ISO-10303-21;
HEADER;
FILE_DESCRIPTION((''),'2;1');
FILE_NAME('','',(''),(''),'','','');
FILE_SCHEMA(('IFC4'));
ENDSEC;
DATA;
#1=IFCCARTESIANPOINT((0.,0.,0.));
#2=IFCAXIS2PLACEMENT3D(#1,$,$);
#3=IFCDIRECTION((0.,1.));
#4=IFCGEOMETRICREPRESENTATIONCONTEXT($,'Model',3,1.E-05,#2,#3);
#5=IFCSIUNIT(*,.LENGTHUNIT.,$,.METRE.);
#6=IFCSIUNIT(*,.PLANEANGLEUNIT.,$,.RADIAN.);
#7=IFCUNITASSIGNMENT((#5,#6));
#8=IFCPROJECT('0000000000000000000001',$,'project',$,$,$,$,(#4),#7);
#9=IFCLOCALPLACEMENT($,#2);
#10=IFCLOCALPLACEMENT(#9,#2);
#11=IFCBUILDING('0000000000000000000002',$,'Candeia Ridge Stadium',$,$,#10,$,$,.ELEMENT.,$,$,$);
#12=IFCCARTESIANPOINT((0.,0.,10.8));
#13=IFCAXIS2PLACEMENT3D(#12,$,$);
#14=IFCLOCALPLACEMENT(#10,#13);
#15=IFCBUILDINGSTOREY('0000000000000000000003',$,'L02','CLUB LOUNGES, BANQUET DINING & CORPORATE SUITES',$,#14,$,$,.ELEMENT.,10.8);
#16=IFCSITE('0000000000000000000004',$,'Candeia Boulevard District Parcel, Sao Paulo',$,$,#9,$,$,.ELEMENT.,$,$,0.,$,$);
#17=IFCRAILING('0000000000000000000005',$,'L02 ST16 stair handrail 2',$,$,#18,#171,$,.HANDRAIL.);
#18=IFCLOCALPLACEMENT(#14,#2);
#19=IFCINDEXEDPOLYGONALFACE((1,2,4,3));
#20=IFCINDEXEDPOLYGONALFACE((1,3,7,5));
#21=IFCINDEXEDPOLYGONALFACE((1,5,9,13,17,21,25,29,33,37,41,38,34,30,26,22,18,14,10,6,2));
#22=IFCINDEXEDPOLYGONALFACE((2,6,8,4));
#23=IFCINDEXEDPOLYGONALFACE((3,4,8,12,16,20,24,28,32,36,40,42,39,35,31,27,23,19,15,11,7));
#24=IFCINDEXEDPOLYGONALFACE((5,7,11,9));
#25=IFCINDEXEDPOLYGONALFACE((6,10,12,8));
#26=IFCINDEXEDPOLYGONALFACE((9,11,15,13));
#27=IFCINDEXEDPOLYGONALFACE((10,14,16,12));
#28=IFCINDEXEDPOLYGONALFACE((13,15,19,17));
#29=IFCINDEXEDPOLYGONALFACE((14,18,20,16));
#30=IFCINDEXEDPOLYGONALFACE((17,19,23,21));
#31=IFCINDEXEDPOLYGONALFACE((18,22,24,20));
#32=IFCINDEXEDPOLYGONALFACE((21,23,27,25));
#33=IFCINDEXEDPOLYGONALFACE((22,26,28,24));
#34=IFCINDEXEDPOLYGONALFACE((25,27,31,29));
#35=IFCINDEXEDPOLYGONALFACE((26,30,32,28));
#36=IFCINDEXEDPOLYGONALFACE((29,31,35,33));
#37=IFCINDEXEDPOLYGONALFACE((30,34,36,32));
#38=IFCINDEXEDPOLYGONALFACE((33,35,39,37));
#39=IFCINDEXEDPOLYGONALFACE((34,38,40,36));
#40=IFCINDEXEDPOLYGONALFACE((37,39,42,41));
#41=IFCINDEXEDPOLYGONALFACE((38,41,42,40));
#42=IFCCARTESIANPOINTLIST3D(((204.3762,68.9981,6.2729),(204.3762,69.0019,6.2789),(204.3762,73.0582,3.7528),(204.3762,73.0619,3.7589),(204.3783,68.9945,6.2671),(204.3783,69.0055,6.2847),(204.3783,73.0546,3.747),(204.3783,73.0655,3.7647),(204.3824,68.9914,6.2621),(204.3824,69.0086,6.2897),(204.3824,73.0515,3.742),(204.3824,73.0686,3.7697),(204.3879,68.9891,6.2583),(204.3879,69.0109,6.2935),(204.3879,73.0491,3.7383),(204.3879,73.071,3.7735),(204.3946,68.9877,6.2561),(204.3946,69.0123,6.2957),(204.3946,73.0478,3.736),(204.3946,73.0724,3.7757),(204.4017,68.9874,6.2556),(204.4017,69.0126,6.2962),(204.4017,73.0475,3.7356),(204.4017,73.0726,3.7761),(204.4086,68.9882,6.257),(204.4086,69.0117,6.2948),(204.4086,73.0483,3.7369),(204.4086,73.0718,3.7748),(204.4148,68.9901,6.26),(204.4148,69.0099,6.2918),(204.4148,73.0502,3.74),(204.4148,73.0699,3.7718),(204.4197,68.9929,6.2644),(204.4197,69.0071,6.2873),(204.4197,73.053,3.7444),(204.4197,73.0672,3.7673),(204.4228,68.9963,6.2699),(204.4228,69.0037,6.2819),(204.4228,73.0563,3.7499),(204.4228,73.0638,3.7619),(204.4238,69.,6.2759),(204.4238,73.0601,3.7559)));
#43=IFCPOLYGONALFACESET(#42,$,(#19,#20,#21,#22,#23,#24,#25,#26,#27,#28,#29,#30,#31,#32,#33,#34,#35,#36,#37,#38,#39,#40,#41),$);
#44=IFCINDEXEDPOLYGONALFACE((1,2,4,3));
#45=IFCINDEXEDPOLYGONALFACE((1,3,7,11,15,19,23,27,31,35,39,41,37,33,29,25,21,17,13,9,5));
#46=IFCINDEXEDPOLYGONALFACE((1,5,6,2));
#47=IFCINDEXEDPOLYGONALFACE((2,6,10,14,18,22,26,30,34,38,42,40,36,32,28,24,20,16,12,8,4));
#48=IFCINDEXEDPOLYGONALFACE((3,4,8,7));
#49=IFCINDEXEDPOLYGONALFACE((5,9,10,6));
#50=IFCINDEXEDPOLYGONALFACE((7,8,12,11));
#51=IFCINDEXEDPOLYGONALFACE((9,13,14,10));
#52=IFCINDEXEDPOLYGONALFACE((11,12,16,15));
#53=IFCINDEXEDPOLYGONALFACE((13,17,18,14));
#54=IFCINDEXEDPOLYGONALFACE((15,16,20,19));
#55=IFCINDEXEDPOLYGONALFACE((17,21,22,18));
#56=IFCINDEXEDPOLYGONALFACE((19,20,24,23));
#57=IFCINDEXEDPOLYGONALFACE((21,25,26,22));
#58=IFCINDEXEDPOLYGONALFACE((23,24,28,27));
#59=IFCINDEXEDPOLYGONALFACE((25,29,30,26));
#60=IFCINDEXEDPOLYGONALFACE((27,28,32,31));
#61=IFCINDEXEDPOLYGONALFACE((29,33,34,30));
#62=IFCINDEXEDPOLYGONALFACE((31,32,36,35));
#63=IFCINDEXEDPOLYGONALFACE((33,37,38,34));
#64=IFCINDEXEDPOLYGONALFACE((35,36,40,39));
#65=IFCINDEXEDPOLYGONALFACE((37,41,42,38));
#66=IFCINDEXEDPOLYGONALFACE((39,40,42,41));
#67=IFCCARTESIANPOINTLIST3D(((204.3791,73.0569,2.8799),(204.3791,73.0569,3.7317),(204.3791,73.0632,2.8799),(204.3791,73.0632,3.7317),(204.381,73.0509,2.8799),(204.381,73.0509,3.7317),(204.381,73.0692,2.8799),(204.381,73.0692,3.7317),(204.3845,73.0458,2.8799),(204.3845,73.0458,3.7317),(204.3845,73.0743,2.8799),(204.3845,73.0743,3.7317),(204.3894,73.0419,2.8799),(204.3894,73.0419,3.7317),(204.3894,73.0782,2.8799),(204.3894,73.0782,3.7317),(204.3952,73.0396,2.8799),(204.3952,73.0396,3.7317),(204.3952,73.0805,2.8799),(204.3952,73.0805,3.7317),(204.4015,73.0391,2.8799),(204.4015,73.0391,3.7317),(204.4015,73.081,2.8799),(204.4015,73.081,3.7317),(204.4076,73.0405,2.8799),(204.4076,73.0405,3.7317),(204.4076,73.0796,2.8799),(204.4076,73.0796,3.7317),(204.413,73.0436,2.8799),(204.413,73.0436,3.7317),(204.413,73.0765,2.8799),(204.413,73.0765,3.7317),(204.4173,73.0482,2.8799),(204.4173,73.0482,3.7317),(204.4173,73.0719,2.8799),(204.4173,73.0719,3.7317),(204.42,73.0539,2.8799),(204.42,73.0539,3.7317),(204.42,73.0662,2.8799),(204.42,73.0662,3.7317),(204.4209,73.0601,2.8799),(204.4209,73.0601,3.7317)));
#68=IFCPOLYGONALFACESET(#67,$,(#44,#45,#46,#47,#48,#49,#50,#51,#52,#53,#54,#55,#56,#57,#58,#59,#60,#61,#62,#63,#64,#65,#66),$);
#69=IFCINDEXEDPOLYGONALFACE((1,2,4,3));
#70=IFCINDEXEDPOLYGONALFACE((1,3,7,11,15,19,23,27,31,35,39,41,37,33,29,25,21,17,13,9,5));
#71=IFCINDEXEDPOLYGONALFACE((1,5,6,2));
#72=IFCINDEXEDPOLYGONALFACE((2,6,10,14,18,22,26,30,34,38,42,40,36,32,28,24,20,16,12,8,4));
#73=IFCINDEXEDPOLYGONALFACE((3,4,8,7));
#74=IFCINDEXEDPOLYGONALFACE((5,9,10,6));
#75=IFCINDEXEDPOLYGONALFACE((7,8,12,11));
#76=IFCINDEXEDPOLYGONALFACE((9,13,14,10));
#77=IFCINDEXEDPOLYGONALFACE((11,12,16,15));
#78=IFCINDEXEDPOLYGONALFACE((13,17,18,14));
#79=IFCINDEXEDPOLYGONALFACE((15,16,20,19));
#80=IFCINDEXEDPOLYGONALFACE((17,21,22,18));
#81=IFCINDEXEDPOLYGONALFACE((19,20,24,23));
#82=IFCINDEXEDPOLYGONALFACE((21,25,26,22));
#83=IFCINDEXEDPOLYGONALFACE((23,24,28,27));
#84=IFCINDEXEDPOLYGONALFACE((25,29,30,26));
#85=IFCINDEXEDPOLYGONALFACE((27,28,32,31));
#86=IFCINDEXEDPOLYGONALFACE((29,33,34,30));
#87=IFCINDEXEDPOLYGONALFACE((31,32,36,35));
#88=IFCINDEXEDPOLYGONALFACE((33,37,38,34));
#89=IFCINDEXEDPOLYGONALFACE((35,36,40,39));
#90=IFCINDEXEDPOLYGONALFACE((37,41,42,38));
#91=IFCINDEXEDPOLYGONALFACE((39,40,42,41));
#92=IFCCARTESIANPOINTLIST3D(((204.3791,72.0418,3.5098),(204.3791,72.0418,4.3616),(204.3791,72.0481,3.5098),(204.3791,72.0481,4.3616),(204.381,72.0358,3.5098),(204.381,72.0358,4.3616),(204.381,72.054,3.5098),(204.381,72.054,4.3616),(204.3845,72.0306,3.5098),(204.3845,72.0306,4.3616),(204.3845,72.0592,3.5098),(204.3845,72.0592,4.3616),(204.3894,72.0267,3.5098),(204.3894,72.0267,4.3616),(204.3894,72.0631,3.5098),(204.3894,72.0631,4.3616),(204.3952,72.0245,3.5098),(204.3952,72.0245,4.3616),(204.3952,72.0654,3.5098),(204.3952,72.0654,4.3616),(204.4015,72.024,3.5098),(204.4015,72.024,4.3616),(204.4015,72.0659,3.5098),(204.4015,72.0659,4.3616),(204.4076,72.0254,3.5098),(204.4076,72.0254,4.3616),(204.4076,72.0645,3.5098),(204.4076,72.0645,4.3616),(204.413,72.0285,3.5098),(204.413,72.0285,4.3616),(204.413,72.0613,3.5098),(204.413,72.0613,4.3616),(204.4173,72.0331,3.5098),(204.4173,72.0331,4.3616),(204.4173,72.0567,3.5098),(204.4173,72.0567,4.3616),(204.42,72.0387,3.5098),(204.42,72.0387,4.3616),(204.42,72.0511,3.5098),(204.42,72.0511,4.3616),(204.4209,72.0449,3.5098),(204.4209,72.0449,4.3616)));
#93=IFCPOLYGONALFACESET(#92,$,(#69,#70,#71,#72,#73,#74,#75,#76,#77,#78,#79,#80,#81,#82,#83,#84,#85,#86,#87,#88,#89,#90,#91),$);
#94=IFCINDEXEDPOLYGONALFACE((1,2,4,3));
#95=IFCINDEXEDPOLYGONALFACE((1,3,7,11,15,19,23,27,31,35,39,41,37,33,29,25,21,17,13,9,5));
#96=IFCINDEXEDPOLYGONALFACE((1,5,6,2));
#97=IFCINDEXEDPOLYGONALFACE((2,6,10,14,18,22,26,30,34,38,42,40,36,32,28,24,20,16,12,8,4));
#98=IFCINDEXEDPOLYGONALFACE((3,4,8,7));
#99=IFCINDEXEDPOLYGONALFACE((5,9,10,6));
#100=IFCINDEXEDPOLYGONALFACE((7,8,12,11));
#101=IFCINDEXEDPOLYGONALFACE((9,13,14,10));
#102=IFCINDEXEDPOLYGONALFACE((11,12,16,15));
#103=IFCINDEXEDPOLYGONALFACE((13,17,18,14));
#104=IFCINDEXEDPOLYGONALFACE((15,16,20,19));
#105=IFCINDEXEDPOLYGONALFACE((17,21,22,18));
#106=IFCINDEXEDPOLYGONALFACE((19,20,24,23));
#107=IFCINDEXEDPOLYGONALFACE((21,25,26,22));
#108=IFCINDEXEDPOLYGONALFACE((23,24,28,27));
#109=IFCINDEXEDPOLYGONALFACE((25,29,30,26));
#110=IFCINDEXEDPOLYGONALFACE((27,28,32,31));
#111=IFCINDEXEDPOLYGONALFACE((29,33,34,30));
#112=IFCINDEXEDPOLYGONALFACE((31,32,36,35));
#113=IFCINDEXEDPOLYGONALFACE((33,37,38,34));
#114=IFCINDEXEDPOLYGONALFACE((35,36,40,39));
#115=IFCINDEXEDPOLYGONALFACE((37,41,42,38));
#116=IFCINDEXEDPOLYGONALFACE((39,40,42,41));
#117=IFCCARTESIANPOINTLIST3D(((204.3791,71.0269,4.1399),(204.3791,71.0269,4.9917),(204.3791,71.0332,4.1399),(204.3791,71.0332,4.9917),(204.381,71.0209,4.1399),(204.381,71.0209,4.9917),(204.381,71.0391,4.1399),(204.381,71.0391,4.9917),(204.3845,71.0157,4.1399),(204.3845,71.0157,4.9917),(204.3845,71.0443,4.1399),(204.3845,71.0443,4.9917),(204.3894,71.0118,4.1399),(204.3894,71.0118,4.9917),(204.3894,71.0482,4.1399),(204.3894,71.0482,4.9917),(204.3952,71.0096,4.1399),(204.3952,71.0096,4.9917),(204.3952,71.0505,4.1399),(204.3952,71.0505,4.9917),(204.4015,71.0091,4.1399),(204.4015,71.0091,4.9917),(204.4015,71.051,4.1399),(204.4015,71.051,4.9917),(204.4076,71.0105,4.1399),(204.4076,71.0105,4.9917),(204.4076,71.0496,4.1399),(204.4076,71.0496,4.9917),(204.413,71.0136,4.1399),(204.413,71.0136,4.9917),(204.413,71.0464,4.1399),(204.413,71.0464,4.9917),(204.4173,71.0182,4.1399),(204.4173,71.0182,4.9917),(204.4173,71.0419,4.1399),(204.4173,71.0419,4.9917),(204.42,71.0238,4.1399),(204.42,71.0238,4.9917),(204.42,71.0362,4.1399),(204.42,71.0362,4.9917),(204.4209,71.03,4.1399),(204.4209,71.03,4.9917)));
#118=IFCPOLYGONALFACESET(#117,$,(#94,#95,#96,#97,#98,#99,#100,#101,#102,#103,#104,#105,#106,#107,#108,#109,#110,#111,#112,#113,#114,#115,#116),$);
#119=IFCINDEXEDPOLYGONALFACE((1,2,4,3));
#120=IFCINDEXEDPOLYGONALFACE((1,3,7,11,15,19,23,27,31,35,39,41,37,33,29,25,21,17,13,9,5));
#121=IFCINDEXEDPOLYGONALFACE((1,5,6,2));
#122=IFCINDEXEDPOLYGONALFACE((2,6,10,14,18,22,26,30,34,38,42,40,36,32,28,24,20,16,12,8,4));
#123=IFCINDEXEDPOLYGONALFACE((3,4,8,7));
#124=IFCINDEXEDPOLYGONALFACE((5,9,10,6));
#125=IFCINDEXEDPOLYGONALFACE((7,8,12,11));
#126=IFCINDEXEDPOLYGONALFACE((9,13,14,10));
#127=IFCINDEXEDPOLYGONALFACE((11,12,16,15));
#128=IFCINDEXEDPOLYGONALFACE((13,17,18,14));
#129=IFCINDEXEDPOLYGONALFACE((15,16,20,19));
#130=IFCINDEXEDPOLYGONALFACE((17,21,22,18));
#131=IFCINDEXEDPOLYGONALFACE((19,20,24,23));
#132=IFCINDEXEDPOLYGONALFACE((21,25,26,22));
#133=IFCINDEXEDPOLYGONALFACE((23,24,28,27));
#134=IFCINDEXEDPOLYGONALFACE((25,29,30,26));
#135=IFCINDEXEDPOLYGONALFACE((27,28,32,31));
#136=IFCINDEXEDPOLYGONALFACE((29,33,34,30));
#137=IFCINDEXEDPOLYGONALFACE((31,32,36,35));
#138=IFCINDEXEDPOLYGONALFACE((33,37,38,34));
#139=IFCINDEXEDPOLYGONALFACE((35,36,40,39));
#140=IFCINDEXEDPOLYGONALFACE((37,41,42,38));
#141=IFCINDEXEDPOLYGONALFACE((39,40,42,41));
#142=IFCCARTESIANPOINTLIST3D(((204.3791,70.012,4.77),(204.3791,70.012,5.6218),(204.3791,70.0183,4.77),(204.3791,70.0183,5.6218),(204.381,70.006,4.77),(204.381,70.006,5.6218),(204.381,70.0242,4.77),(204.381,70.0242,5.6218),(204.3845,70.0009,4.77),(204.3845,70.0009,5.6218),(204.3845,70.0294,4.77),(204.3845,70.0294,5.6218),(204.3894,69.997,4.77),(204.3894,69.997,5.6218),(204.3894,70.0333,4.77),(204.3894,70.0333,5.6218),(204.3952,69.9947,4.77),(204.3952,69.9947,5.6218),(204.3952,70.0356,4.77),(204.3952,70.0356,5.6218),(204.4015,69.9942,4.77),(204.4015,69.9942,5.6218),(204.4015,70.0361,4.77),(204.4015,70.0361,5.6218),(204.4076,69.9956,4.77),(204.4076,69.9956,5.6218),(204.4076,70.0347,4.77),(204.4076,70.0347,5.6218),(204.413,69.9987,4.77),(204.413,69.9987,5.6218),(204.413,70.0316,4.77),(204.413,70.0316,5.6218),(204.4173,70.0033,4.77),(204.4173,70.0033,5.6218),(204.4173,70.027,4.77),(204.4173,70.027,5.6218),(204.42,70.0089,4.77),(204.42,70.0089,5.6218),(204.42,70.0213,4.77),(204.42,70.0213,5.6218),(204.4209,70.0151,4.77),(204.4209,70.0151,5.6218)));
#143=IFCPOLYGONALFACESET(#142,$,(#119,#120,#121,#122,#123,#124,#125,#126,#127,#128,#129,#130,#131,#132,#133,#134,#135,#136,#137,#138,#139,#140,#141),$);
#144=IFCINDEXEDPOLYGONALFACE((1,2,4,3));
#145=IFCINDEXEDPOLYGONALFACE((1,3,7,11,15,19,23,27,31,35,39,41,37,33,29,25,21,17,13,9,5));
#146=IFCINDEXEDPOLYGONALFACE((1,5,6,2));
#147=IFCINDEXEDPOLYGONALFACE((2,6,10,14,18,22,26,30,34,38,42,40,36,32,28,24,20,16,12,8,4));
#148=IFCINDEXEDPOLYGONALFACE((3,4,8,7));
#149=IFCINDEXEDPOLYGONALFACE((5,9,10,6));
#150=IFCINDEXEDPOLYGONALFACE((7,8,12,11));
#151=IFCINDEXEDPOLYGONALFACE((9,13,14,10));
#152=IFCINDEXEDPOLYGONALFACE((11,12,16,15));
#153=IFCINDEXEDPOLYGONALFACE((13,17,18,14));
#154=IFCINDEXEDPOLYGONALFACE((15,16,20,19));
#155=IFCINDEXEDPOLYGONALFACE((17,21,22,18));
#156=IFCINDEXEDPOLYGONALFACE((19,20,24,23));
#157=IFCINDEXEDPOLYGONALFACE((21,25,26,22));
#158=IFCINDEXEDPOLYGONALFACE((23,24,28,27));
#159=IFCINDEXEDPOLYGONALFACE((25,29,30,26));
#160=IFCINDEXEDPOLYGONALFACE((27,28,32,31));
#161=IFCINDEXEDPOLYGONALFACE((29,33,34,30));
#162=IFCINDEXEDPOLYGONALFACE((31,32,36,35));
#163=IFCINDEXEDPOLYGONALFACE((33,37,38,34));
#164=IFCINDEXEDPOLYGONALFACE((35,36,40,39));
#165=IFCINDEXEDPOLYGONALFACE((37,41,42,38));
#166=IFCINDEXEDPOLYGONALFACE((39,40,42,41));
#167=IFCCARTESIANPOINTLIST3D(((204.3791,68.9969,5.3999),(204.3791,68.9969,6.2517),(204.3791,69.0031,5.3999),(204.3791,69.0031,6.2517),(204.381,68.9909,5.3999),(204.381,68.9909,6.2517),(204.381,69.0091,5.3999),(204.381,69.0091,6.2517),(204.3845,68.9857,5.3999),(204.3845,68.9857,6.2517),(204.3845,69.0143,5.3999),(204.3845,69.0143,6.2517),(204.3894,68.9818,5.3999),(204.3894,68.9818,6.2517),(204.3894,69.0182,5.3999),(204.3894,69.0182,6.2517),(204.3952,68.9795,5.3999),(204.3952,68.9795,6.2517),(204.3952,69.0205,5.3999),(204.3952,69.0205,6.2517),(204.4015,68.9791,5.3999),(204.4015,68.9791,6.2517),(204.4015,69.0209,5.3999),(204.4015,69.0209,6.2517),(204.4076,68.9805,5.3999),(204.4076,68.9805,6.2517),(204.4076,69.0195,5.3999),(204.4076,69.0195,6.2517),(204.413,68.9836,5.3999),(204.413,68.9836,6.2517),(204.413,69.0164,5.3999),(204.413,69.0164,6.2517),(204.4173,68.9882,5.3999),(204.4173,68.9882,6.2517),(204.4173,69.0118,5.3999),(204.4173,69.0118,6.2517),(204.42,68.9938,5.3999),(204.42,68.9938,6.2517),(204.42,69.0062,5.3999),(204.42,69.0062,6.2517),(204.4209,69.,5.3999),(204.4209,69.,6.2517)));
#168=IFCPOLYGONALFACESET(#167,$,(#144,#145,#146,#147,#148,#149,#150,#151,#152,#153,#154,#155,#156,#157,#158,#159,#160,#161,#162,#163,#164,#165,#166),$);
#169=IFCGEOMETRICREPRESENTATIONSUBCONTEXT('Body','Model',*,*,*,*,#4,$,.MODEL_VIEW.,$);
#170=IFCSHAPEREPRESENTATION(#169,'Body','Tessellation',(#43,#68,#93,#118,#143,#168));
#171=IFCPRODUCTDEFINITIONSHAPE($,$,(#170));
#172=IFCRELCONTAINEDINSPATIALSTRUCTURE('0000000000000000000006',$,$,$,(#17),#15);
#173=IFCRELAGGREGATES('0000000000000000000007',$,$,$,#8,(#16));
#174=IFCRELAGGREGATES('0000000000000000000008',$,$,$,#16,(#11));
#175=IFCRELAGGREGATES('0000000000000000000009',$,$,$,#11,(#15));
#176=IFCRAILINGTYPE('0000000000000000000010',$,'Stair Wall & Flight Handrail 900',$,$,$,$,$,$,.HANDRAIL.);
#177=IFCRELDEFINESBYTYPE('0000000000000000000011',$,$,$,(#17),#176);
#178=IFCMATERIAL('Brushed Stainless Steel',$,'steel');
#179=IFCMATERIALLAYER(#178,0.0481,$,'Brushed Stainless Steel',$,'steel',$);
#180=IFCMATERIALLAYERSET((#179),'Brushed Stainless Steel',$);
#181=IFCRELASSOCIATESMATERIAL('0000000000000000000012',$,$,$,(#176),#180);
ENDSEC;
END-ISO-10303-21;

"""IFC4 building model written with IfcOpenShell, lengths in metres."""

from ifc_helpers import new_model, si_unit, direction, frame, origin, origin_2d, place, context, subcontext, project, spatial, circle, extrude, material, layer, layer_set, type_object, element, save


model = new_model("IFC4")

# Units and contexts
model_context = context("Model", 3, precision=1e-05, world=origin(), true_north=direction((0.0, 1.0)))
body_context = subcontext(model_context, "Body", "Model", "MODEL_VIEW")
ifc_project = project(units=[si_unit("LENGTHUNIT", "METRE"), si_unit("PLANEANGLEUNIT", "RADIAN")], contexts=[model_context])

# Site, building, storey
site_placement = place(None, origin())
site = spatial("IfcSite", under=ifc_project, at=site_placement, Name="Candeia Boulevard District Parcel, Sao Paulo", CompositionType="ELEMENT", RefElevation=0.0)
building_placement = place(site_placement, origin())
building = spatial("IfcBuilding", under=site, at=building_placement, Name="Candeia Ridge Stadium", CompositionType="ELEMENT")
storey_placement = place(building_placement, frame((0.0, 0.0, 10.8)))
storey = spatial("IfcBuildingStorey", under=building, at=storey_placement, Name="L02", Description="CLUB LOUNGES, BANQUET DINING & CORPORATE SUITES", CompositionType="ELEMENT", Elevation=10.8)

# Shared definitions
ifc_material_1 = material(Name="Brushed Stainless Steel", Category="steel")

# Railing
ifc_layer_1 = layer(ifc_material_1, 0.0481, Name="Brushed Stainless Steel", Category="steel")
ifc_layer_set_1 = layer_set([ifc_layer_1], Name="Brushed Stainless Steel")
railing_type_1 = type_object("IfcRailingType", Name="Stair Wall & Flight Handrail 900", PredefinedType="HANDRAIL", material=ifc_layer_set_1)
railing_1_placement = place(storey_placement, frame((204.3999, 73.0601, 2.8799)))
element("IfcRailing", 1, at=railing_1_placement, inside=storey, type_object=railing_type_1, Name="L02 ST16 stair handrail 2", PredefinedType="HANDRAIL", context=body_context, shape_type="SweptSolid", body=[
    extrude(circle(Radius=0.0239, at=origin_2d()), frame((0.0, 0.0, 0.876), z_axis=(0.0, -0.849642, 0.52736), x_axis=(1.0, 0.0, 0.0)), (0.0, 0.0, 1.0), 4.7786),
    extrude(circle(Radius=0.021, at=origin_2d()), origin(), (0.0, 0.0, 1.0), 0.8518),
    extrude(circle(Radius=0.021, at=origin_2d()), frame((0.0, -1.0151, 0.6299)), (0.0, 0.0, 1.0), 0.8518),
    extrude(circle(Radius=0.021, at=origin_2d()), frame((0.0, -2.03, 1.26)), (0.0, 0.0, 1.0), 0.8518),
    extrude(circle(Radius=0.021, at=origin_2d()), frame((0.0, -3.0449, 1.8901)), (0.0, 0.0, 1.0), 0.8518),
    extrude(circle(Radius=0.021, at=origin_2d()), frame((0.0, -4.0601, 2.52)), (0.0, 0.0, 1.0), 0.8518),
])

save(model, "model.ifc")
